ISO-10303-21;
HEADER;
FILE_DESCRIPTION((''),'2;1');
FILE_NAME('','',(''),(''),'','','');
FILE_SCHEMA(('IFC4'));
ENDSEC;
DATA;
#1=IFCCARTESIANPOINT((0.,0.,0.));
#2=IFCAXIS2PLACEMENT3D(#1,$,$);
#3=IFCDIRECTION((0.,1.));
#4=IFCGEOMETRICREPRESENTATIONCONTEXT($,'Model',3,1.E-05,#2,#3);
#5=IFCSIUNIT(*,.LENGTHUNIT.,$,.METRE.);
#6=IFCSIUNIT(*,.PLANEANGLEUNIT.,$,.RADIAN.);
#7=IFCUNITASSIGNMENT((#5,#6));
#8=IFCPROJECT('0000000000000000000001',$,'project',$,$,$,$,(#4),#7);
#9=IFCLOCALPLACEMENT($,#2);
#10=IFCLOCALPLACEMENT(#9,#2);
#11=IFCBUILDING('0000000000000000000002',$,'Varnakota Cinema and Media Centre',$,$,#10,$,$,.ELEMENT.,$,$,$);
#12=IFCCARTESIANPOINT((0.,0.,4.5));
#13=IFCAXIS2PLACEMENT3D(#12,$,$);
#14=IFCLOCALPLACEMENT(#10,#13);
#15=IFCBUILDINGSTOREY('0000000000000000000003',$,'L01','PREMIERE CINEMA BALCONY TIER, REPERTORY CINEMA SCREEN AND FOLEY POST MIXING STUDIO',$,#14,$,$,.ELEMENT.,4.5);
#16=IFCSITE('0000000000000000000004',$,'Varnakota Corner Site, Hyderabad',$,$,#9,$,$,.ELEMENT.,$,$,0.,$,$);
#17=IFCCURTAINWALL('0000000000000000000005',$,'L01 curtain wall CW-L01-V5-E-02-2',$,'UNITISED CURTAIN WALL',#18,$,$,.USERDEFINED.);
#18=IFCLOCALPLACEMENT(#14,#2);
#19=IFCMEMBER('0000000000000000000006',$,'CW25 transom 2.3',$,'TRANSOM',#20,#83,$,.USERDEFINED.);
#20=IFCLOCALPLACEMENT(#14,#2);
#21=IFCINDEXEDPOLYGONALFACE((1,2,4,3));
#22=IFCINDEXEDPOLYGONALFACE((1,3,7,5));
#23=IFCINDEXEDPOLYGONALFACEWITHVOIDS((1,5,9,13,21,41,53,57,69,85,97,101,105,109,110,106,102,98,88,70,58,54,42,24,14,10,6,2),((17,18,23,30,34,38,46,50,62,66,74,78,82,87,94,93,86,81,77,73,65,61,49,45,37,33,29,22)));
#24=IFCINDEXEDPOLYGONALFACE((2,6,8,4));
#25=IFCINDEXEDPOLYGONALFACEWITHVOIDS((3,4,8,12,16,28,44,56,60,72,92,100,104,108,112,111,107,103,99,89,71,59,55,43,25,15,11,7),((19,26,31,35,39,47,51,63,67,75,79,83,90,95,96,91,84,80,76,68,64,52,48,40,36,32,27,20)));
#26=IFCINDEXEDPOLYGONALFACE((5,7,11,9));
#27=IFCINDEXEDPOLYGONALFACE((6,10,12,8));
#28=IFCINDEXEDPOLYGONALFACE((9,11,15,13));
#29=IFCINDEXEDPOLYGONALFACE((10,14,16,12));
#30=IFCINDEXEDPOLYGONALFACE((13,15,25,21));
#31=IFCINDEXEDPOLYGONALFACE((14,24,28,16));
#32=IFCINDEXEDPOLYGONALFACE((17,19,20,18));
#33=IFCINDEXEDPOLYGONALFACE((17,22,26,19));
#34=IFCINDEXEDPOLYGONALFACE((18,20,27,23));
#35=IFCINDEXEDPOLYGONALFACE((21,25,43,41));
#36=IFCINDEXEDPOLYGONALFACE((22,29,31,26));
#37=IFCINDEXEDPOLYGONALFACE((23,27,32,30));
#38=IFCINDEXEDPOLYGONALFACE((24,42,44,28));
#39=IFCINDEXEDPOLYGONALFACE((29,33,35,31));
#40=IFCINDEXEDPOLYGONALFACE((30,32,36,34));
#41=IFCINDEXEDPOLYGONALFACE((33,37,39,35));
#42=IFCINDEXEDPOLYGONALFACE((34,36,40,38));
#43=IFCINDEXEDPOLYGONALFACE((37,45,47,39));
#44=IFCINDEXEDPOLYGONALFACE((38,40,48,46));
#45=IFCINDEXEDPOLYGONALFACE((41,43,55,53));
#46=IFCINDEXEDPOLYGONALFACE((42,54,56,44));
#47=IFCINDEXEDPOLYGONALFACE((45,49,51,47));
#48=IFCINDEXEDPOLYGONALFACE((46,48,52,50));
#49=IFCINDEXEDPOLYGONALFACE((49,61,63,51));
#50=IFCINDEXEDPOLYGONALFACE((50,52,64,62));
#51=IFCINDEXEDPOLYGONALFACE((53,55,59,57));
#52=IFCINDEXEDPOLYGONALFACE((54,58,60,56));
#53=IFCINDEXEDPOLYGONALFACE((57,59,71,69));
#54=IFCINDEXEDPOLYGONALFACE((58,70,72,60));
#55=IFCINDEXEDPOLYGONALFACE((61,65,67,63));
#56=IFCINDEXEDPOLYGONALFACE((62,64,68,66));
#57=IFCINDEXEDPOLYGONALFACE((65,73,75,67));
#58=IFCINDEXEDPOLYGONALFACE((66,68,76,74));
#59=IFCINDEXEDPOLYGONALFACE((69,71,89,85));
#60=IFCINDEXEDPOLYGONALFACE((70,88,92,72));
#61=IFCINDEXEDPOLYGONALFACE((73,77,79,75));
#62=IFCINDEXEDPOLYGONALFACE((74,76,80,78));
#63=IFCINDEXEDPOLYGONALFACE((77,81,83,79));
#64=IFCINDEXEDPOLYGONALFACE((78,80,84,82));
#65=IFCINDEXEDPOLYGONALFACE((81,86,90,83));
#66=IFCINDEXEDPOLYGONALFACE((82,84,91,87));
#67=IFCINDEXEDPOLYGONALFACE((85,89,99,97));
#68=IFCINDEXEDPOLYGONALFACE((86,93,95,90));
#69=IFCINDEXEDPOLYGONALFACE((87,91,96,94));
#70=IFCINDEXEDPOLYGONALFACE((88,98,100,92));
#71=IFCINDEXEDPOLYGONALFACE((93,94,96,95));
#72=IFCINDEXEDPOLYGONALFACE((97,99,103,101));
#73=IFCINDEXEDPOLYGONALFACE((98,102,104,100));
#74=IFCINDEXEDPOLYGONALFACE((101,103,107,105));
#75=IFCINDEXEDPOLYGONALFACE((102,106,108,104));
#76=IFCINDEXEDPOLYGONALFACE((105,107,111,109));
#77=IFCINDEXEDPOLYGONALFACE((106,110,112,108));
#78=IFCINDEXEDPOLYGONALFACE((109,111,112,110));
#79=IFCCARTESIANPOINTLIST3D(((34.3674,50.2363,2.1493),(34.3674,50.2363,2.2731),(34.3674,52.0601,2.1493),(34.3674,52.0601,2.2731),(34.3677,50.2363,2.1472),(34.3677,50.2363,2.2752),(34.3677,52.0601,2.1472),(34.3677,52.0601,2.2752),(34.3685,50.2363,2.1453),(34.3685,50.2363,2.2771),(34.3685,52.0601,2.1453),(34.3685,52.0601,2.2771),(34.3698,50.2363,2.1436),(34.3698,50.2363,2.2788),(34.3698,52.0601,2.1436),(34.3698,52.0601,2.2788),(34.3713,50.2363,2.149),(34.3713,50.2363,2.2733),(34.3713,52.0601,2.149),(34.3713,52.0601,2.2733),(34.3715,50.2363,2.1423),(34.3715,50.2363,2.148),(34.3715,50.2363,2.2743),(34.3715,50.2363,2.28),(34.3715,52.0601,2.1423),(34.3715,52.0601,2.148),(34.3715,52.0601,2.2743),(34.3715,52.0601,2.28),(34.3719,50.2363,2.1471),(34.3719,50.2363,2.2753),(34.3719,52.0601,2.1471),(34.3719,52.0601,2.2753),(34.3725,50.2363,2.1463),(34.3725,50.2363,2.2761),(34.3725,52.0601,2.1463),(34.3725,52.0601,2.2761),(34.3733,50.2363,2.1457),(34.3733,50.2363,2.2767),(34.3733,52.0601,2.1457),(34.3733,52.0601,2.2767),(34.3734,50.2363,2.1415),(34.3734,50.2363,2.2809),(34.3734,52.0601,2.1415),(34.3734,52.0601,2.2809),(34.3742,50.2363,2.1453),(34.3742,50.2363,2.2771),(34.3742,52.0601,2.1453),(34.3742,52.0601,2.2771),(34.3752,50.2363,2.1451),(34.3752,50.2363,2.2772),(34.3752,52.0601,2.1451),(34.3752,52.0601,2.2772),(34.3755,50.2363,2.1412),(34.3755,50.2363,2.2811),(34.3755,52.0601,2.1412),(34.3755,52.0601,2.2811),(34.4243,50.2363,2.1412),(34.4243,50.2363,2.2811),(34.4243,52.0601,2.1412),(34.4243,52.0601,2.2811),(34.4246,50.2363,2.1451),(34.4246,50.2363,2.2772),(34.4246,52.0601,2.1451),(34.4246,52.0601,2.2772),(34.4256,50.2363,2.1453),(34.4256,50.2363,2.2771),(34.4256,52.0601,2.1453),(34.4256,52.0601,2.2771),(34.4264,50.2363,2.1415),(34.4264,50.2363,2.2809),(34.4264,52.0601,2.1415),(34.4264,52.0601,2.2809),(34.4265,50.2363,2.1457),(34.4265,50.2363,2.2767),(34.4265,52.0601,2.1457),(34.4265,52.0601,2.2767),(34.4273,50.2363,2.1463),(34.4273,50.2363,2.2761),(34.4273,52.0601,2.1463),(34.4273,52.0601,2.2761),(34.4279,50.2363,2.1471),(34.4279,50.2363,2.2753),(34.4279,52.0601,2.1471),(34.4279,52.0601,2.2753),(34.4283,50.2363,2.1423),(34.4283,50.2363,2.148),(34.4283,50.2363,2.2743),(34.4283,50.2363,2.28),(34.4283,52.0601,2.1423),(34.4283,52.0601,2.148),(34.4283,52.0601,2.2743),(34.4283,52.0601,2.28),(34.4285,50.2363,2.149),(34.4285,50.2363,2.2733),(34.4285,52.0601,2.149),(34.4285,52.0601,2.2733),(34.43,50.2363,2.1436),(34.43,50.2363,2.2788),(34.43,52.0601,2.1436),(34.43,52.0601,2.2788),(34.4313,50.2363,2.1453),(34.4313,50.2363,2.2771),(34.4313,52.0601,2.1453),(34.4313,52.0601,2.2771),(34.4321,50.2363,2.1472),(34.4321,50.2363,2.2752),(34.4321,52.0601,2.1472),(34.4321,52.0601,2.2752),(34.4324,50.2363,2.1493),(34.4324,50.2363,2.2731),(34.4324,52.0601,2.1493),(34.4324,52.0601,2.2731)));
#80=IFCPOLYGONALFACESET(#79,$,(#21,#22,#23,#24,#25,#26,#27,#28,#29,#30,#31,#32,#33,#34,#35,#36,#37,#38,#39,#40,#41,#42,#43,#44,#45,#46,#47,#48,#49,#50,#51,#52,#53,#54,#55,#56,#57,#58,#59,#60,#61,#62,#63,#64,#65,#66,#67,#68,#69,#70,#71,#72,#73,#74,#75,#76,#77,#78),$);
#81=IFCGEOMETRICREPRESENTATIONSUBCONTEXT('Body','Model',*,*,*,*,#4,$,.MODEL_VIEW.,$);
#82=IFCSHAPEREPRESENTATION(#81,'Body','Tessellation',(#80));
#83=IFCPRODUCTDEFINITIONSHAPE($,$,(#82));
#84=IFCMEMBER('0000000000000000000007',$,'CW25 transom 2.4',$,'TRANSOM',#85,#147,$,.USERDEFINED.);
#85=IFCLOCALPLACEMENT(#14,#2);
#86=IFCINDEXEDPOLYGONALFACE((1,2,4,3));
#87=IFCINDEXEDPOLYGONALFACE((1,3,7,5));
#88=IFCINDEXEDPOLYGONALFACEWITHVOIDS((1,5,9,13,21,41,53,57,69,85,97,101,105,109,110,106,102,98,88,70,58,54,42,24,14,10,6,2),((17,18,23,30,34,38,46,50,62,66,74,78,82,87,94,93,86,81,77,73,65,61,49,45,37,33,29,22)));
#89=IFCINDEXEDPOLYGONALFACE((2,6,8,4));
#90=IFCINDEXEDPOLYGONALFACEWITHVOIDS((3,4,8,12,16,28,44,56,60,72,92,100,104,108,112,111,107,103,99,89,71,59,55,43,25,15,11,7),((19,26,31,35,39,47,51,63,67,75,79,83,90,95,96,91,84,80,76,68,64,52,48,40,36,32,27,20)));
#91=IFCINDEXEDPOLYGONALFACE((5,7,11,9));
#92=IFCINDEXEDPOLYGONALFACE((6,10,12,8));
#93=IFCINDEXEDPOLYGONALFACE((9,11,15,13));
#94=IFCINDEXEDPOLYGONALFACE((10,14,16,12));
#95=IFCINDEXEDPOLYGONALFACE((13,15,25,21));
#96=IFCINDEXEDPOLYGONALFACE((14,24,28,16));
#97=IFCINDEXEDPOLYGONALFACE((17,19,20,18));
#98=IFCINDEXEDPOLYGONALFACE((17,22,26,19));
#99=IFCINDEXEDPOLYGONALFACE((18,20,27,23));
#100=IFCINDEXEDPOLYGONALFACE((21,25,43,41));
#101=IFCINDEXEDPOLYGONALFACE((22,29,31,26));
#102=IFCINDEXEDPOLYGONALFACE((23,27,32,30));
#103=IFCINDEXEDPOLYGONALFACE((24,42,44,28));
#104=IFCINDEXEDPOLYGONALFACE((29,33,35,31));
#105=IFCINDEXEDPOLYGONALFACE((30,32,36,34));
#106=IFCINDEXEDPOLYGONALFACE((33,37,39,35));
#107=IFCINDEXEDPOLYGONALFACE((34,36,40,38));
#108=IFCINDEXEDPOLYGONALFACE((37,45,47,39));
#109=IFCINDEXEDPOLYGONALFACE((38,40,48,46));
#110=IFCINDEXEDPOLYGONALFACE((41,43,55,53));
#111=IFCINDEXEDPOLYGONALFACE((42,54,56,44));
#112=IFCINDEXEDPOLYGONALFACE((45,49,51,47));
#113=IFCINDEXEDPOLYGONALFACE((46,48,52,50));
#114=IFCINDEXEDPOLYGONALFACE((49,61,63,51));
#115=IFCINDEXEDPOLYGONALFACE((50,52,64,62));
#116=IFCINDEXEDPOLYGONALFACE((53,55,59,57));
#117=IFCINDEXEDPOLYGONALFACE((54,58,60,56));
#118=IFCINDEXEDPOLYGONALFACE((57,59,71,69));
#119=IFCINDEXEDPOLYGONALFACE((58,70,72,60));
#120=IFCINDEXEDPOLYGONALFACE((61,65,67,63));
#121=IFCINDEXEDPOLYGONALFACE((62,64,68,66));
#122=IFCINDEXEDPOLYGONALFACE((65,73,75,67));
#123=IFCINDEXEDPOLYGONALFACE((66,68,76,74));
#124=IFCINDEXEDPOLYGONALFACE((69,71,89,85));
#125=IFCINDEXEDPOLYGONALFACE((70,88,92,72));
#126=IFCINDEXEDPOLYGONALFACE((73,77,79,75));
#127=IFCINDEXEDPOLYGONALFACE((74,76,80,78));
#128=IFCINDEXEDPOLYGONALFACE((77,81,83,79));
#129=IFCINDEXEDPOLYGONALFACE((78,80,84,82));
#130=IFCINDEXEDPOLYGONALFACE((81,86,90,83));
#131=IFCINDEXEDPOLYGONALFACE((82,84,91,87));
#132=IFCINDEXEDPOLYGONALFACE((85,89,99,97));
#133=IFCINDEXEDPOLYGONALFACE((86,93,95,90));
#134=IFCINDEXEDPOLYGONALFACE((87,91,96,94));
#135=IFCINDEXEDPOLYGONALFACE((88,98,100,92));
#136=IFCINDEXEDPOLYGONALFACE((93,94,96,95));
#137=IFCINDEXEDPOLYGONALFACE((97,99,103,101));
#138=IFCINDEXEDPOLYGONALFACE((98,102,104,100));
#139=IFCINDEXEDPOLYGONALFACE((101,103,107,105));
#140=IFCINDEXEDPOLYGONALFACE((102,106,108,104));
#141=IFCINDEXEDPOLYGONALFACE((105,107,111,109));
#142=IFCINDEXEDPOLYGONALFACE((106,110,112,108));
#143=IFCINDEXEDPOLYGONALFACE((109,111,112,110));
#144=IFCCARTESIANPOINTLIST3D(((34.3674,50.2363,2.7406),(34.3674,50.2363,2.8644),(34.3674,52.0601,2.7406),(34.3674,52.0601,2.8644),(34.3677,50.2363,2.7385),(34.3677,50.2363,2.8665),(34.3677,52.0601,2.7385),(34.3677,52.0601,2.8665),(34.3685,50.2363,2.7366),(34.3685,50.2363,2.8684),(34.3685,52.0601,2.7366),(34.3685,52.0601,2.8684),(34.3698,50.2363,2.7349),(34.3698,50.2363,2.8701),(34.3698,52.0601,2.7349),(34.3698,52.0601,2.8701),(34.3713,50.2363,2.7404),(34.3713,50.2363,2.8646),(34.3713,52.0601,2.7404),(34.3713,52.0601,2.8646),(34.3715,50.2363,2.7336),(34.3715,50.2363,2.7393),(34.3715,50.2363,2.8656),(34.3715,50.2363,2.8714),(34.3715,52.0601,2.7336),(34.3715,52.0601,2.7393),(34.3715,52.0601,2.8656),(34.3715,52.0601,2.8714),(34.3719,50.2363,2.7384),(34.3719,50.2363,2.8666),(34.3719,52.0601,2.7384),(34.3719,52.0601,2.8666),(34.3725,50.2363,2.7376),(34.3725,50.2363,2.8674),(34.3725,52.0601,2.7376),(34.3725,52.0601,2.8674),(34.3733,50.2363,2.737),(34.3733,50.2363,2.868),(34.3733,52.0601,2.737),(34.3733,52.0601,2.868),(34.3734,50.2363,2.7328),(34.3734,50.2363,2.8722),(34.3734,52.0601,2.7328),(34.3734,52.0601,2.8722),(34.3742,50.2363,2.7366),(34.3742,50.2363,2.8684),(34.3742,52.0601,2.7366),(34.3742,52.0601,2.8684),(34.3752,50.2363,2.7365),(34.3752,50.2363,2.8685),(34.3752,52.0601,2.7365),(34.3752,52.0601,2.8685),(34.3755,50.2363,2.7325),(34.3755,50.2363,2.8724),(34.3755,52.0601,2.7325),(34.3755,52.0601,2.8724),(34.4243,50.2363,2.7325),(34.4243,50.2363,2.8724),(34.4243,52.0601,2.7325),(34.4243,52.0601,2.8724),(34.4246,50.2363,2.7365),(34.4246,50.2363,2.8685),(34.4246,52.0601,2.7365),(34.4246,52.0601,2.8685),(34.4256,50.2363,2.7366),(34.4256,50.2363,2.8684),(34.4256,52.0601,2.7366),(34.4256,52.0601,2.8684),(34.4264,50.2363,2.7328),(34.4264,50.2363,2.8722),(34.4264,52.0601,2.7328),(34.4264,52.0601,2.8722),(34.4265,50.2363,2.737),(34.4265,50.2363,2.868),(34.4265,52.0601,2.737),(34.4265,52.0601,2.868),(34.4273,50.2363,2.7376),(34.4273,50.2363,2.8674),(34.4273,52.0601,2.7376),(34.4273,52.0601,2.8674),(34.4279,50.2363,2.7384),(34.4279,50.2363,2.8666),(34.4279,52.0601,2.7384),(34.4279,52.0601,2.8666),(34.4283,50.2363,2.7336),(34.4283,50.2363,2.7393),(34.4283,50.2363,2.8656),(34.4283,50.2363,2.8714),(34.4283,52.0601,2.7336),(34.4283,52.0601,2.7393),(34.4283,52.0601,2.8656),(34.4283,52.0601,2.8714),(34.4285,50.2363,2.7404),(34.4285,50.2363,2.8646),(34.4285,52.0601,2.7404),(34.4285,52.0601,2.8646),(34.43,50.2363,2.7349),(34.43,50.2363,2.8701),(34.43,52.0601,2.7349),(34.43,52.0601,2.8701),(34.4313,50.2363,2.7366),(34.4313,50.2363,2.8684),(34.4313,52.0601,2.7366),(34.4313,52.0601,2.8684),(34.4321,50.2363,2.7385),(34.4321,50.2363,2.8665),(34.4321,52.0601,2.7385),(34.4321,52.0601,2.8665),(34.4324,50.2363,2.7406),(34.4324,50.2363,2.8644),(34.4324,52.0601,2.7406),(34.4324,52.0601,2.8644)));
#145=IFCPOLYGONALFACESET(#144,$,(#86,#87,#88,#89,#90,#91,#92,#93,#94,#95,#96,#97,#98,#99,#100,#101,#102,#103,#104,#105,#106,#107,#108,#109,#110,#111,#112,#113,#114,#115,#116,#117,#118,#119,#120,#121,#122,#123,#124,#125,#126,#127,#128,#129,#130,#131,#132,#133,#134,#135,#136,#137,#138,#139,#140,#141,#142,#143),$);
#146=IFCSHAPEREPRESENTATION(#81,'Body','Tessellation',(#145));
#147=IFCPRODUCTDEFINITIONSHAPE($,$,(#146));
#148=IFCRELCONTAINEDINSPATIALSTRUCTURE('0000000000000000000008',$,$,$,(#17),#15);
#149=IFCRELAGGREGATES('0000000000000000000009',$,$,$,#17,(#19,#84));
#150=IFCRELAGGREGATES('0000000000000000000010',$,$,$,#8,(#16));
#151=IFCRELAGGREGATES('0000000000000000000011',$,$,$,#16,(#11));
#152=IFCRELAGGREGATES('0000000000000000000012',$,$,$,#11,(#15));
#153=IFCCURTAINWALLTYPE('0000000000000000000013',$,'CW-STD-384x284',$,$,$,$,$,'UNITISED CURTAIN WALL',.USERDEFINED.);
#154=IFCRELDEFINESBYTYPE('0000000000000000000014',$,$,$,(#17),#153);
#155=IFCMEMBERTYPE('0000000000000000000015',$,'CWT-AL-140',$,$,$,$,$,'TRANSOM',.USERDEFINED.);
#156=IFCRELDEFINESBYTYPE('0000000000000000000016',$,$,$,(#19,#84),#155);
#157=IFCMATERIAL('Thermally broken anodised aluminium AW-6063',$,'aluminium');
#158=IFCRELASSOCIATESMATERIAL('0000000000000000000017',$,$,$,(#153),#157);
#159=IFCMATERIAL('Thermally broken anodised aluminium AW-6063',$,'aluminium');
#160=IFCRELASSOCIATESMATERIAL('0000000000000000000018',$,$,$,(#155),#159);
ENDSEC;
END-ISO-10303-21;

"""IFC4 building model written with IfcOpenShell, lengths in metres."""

from ifc_helpers import new_model, si_unit, direction, frame, origin, origin_2d, place, context, subcontext, project, spatial, hollow_rectangle, extrude, material, material_profile, profile_set, type_object, element, aggregate, save


model = new_model("IFC4")

# Units and contexts
model_context = context("Model", 3, precision=1e-05, world=origin(), true_north=direction((0.0, 1.0)))
body_context = subcontext(model_context, "Body", "Model", "MODEL_VIEW")
ifc_project = project(units=[si_unit("LENGTHUNIT", "METRE"), si_unit("PLANEANGLEUNIT", "RADIAN")], contexts=[model_context])

# Site, building, storey
site_placement = place(None, origin())
site = spatial("IfcSite", under=ifc_project, at=site_placement, Name="Varnakota Corner Site, Hyderabad", CompositionType="ELEMENT", RefElevation=0.0)
building_placement = place(site_placement, origin())
building = spatial("IfcBuilding", under=site, at=building_placement, Name="Varnakota Cinema and Media Centre", CompositionType="ELEMENT")
storey_placement = place(building_placement, frame((0.0, 0.0, 4.5)))
storey = spatial("IfcBuildingStorey", under=building, at=storey_placement, Name="L01", Description="PREMIERE CINEMA BALCONY TIER, REPERTORY CINEMA SCREEN AND FOLEY POST MIXING STUDIO", CompositionType="ELEMENT", Elevation=4.5)

# Curtain wall
ifc_material_1 = material(Name="Thermally broken anodised aluminium AW-6063", Category="aluminium")
curtain_wall_type_1 = type_object("IfcCurtainWallType", Name="CW-STD-384x284", ElementType="UNITISED CURTAIN WALL", PredefinedType="USERDEFINED", material=ifc_material_1)
curtain_wall_1_placement = place(storey_placement, origin())
curtain_wall_1 = element("IfcCurtainWall", 1, at=curtain_wall_1_placement, inside=storey, type_object=curtain_wall_type_1, Name="L01 curtain wall CW-L01-V5-E-02-2", ObjectType="UNITISED CURTAIN WALL", PredefinedType="USERDEFINED")

# Members
ifc_material_2 = material(Name="Thermally broken anodised aluminium AW-6063", Category="aluminium")
ifc_material_profile_1 = material_profile(ifc_material_2, hollow_rectangle(XDim=0.0649, YDim=0.1399, WallThickness=0.0039, InnerFilletRadius=0.0039, OuterFilletRadius=0.0081, at=origin_2d()), Name="AL-TRANSOM 140x65x4")
ifc_profile_set_1 = profile_set([ifc_material_profile_1], Name="Thermally broken anodised aluminium AW-6063")
member_type_1 = type_object("IfcMemberType", Name="CWT-AL-140", ElementType="TRANSOM", PredefinedType="USERDEFINED", material=ifc_profile_set_1)
member_1_placement = place(storey_placement, frame((34.3999, 50.2363, 2.2112), z_axis=(0.0, 1.0, 0.0), x_axis=(-1.0, 0.0, 0.0)))
member_1 = element("IfcMember", 2, at=member_1_placement, type_object=member_type_1, Name="CW25 transom 2.3", ObjectType="TRANSOM", PredefinedType="USERDEFINED", context=body_context, shape_type="SweptSolid", body=[
    extrude(hollow_rectangle(XDim=0.0649, YDim=0.1399, WallThickness=0.0039, InnerFilletRadius=0.0039, OuterFilletRadius=0.0081, at=origin_2d()), origin(), (0.0, 0.0, 1.0), 1.8237),
])
member_2_placement = place(storey_placement, frame((34.3999, 50.2363, 2.8025), z_axis=(0.0, 1.0, 0.0), x_axis=(-1.0, 0.0, 0.0)))
member_2 = element("IfcMember", 3, at=member_2_placement, type_object=member_type_1, Name="CW25 transom 2.4", ObjectType="TRANSOM", PredefinedType="USERDEFINED", context=body_context, shape_type="SweptSolid", body=[
    extrude(hollow_rectangle(XDim=0.0649, YDim=0.1399, WallThickness=0.0039, InnerFilletRadius=0.0039, OuterFilletRadius=0.0081, at=origin_2d()), origin(), (0.0, 0.0, 1.0), 1.8237),
])

aggregate(curtain_wall_1, [member_1, member_2])

save(model, "model.ifc")
